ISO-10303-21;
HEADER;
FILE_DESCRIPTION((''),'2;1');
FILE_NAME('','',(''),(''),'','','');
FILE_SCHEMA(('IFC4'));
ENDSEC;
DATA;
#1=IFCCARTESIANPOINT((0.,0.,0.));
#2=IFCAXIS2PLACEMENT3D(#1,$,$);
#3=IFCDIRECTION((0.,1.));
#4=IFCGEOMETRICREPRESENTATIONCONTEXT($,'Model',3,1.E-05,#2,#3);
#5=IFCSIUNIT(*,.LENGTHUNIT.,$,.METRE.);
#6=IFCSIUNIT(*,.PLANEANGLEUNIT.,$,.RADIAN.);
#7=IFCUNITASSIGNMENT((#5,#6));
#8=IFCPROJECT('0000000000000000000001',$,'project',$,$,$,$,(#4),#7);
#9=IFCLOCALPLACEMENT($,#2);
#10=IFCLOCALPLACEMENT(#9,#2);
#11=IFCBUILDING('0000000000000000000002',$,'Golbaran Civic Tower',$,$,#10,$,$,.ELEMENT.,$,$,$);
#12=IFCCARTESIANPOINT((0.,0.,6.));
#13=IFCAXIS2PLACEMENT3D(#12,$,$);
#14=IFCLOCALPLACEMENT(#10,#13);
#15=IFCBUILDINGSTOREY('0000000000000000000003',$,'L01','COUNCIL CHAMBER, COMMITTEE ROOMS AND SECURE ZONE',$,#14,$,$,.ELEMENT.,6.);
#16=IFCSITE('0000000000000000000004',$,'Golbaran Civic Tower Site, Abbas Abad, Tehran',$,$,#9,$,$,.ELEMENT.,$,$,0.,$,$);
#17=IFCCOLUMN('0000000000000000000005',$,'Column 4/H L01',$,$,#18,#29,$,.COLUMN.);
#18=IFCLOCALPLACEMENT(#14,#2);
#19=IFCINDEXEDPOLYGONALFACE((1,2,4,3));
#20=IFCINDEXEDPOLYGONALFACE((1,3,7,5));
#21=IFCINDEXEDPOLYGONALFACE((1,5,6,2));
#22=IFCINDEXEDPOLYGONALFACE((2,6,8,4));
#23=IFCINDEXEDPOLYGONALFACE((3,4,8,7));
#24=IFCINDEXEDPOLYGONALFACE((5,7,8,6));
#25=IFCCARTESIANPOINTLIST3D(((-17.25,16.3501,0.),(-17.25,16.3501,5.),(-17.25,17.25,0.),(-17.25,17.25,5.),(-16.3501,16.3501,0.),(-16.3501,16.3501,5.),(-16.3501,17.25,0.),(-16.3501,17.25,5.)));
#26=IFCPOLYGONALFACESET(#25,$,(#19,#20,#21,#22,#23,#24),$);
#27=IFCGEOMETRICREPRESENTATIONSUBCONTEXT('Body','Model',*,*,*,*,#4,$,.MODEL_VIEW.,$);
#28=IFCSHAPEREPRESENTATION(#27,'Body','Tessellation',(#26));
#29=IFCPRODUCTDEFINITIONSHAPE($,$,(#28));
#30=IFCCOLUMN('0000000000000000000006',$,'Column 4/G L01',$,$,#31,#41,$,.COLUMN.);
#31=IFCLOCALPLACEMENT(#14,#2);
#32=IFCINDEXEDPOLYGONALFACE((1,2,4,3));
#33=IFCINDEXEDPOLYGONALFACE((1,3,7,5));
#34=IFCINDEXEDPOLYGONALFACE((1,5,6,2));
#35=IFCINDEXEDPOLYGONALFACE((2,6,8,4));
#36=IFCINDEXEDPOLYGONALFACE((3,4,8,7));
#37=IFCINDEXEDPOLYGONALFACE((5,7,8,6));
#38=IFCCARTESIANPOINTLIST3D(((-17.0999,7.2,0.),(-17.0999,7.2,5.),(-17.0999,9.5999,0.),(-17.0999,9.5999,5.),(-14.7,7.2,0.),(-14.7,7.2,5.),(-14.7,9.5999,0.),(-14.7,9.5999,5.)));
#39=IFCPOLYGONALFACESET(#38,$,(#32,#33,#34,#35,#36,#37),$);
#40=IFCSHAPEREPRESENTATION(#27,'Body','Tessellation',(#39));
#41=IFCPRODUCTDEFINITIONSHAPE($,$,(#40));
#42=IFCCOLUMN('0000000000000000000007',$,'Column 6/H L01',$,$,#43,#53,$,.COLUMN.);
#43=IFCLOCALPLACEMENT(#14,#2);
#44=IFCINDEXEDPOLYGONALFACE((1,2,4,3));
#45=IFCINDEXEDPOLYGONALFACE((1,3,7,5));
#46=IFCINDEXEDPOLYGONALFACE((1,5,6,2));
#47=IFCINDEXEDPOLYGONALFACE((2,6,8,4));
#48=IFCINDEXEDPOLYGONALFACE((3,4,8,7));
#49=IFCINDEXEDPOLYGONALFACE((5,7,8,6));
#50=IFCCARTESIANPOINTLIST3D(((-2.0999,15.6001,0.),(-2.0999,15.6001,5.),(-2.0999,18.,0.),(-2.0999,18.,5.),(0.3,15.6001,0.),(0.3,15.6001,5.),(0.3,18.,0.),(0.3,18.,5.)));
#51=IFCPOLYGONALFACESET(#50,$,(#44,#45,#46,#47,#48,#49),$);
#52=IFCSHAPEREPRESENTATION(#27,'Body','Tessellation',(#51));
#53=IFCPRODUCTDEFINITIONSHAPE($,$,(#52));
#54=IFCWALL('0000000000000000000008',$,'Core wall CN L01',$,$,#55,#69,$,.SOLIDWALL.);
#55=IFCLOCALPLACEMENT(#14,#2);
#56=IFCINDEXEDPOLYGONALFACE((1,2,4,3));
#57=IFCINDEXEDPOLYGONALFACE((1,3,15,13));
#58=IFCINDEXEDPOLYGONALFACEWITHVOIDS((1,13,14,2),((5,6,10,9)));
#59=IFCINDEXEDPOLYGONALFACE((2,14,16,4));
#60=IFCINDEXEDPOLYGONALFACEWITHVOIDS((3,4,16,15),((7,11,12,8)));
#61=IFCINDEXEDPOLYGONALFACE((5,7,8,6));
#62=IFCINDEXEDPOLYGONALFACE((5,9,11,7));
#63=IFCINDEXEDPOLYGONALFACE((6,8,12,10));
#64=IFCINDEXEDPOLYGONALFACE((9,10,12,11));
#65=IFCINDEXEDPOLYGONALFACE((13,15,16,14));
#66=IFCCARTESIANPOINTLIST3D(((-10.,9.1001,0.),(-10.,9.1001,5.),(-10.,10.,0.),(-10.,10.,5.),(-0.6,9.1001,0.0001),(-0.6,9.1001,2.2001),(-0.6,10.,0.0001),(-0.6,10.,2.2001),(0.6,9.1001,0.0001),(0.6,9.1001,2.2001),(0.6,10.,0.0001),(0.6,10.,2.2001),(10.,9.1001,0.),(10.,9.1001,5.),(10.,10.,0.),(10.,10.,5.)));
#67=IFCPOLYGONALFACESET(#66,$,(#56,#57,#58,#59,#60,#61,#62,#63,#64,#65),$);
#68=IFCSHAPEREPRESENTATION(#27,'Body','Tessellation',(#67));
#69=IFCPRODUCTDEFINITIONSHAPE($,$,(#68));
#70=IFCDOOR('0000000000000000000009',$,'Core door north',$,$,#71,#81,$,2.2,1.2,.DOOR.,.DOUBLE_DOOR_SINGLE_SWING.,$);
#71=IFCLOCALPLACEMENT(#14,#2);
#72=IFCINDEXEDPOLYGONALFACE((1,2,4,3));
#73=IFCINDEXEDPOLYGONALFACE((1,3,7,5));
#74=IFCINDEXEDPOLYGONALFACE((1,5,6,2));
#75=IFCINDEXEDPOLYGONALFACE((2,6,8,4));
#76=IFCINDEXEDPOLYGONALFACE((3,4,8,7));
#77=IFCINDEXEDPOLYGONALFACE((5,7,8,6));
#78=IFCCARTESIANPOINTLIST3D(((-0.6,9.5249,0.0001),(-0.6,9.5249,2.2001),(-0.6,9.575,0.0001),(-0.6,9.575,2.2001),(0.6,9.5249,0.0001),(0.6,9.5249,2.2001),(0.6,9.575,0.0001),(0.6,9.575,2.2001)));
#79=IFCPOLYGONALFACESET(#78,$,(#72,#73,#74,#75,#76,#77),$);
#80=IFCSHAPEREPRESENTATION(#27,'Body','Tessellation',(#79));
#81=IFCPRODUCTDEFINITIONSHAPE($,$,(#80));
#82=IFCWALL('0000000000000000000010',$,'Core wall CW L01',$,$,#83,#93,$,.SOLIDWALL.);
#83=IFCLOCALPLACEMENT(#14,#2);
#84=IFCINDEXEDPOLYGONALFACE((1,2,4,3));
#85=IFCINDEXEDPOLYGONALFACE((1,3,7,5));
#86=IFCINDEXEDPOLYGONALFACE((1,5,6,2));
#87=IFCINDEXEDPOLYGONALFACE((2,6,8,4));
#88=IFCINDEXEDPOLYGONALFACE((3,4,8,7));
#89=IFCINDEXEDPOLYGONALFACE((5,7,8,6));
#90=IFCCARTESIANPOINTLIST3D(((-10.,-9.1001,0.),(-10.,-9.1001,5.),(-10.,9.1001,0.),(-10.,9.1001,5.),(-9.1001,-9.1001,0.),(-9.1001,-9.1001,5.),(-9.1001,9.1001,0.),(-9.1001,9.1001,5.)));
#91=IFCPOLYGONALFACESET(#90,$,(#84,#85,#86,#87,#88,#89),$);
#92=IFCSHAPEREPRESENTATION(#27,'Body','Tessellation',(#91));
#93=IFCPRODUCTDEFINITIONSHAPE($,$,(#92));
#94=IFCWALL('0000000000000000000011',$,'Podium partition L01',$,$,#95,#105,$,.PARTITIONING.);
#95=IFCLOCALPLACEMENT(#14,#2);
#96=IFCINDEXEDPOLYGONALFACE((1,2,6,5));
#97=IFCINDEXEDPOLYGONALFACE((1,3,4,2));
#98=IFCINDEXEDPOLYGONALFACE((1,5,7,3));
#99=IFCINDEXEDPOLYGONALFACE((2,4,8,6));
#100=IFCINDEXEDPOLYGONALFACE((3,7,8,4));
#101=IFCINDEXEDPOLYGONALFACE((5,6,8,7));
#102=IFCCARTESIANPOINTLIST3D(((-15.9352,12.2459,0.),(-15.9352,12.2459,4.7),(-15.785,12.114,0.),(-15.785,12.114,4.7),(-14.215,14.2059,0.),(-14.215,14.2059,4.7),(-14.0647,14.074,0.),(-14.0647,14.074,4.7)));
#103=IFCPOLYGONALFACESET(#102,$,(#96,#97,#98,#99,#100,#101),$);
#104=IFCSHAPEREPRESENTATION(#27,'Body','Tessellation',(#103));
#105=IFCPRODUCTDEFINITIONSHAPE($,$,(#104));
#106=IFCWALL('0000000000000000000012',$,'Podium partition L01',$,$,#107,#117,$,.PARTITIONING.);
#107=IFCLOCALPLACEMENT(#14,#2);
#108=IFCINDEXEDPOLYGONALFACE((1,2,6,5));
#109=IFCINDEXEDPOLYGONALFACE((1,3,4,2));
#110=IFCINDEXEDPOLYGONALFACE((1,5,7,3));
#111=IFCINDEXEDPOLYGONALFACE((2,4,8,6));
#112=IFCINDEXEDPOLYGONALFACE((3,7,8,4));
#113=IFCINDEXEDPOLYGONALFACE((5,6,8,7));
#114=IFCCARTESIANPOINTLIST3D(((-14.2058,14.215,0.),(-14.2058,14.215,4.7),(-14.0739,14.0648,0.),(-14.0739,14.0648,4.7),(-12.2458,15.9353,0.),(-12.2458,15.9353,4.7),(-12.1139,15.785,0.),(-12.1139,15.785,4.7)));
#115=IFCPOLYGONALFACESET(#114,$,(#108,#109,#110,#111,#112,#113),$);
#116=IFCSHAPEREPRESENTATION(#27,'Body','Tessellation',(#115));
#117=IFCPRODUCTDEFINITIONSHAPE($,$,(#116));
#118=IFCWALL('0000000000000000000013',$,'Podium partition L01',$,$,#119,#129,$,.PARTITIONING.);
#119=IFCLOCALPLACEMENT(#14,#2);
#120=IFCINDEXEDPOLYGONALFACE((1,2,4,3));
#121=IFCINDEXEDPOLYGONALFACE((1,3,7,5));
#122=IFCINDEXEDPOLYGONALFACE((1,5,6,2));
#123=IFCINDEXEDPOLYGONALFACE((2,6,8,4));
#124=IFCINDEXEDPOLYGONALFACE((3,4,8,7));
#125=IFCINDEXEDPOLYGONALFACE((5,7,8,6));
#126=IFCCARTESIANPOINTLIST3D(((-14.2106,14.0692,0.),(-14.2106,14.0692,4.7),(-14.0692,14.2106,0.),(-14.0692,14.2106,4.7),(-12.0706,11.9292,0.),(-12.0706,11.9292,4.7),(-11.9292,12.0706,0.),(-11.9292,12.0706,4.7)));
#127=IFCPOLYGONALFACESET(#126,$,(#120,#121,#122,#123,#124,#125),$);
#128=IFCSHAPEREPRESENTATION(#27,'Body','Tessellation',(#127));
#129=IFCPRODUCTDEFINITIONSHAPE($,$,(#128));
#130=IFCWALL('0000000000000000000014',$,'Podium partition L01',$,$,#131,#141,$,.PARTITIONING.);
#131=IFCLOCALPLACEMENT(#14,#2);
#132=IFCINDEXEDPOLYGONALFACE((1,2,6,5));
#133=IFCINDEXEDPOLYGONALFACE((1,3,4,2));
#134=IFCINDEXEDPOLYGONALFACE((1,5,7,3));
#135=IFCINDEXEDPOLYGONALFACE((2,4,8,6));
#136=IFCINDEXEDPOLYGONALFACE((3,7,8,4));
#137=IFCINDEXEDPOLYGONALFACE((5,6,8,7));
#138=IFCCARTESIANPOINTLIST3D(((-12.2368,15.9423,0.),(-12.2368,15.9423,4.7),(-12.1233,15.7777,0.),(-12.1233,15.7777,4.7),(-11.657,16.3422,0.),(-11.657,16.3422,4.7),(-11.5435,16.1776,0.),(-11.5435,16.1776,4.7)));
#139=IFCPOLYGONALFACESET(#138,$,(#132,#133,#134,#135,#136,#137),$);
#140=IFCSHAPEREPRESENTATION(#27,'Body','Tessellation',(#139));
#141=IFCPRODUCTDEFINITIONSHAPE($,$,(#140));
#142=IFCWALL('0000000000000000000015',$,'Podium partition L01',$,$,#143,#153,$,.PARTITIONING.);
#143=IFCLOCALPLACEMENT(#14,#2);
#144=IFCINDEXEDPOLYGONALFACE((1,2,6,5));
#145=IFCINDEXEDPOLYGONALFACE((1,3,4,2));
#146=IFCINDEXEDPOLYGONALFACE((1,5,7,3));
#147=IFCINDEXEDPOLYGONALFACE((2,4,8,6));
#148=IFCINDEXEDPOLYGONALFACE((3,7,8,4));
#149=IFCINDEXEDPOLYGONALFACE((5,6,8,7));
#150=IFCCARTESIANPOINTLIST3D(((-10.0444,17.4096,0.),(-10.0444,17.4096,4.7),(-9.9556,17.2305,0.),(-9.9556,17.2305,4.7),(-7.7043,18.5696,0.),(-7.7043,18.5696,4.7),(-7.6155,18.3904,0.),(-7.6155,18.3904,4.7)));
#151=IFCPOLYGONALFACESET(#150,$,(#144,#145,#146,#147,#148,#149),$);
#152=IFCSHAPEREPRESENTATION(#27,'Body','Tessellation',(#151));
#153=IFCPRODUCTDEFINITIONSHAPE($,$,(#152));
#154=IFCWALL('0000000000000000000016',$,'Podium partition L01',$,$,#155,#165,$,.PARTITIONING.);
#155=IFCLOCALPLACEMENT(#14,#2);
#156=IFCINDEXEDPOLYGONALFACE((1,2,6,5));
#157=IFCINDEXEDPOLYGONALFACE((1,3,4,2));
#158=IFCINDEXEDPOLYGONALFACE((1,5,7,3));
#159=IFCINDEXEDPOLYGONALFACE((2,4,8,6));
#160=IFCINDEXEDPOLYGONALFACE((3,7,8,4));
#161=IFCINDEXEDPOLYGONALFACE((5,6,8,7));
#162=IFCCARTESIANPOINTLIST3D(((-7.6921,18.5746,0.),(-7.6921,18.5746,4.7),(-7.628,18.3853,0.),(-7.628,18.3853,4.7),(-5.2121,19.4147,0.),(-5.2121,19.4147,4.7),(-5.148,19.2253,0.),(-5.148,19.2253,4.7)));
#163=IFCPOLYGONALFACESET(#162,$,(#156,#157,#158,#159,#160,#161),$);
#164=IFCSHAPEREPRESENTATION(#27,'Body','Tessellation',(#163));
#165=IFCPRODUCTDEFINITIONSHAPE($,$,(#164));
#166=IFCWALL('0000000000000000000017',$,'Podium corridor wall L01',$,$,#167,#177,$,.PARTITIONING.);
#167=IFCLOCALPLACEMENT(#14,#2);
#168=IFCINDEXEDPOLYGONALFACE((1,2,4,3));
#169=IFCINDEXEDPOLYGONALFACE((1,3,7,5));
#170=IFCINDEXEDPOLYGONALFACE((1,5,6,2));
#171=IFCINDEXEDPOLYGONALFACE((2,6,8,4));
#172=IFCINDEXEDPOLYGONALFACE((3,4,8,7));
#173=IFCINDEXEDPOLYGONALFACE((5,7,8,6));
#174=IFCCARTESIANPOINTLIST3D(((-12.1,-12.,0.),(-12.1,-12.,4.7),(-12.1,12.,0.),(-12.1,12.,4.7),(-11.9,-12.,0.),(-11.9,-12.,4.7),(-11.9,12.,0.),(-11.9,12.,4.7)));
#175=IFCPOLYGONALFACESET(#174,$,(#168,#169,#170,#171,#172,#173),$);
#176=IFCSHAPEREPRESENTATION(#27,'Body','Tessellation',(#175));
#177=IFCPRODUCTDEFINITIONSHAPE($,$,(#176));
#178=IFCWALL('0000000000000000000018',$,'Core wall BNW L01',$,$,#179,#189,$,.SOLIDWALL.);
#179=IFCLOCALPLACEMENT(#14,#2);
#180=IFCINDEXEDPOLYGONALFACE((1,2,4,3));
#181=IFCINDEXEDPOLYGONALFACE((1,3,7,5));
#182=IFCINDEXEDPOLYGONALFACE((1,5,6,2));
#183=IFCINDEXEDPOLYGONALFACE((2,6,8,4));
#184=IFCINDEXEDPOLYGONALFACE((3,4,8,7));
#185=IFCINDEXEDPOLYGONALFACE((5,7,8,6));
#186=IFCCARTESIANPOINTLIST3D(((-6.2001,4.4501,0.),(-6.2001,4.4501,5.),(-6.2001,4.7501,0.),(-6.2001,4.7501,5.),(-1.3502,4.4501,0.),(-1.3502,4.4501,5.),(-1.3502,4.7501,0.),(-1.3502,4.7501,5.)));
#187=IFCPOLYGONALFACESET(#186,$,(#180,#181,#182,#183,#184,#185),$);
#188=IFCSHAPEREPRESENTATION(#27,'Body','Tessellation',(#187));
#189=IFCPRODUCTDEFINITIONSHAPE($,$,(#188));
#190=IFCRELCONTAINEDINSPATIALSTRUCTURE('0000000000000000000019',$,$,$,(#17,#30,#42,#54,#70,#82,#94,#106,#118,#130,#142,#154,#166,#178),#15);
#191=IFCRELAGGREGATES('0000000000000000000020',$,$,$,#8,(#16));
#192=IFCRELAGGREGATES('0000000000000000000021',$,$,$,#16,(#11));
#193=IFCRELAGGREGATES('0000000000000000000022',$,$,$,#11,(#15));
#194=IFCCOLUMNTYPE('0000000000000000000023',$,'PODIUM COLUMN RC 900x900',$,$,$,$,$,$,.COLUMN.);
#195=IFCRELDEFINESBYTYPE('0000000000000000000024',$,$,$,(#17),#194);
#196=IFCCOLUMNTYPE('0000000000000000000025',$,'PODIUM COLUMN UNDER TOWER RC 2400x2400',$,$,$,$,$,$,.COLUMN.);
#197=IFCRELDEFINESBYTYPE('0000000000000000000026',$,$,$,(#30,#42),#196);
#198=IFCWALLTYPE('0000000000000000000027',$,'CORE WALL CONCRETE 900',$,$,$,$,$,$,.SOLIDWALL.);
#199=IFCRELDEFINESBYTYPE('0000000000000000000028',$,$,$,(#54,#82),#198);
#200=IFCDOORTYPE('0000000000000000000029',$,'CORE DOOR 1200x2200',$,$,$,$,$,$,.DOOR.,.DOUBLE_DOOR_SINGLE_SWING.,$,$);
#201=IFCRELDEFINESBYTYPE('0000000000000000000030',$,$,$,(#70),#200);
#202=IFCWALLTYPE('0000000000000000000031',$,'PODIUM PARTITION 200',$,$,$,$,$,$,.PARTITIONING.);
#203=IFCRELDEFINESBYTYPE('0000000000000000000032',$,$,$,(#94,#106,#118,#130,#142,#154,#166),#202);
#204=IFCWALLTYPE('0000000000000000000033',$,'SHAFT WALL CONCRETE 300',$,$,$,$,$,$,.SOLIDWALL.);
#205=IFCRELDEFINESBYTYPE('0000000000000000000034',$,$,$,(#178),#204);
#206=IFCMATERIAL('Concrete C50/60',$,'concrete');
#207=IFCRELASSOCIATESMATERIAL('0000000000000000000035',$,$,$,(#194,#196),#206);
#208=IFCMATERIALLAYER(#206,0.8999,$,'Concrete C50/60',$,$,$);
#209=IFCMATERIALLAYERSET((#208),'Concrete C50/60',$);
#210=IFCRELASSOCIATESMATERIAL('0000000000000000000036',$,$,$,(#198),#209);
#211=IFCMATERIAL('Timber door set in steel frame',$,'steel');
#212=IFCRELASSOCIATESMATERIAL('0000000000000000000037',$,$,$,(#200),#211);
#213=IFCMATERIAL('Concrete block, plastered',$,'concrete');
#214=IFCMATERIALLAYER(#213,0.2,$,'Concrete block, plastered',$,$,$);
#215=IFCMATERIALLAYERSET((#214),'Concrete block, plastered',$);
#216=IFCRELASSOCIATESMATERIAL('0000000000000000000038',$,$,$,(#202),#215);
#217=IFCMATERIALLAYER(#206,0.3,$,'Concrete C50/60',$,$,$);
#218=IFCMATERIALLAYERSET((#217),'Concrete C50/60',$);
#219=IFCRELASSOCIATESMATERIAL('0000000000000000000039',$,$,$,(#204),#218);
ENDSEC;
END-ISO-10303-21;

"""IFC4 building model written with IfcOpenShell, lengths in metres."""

from ifc_helpers import new_model, si_unit, direction, frame, frame_2d, origin, origin_2d, place, context, subcontext, project, spatial, rectangle, extrude, material, layer, layer_set, material_profile, profile_set, type_object, element, fill, save


model = new_model("IFC4")

# Units and contexts
model_context = context("Model", 3, precision=1e-05, world=origin(), true_north=direction((0.0, 1.0)))
body_context = subcontext(model_context, "Body", "Model", "MODEL_VIEW")
ifc_project = project(units=[si_unit("LENGTHUNIT", "METRE"), si_unit("PLANEANGLEUNIT", "RADIAN")], contexts=[model_context])

# Site, building, storey
site_placement = place(None, origin())
site = spatial("IfcSite", under=ifc_project, at=site_placement, Name="Golbaran Civic Tower Site, Abbas Abad, Tehran", CompositionType="ELEMENT", RefElevation=0.0)
building_placement = place(site_placement, origin())
building = spatial("IfcBuilding", under=site, at=building_placement, Name="Golbaran Civic Tower", CompositionType="ELEMENT")
storey_placement = place(building_placement, frame((0.0, 0.0, 6.0)))
storey = spatial("IfcBuildingStorey", under=building, at=storey_placement, Name="L01", Description="COUNCIL CHAMBER, COMMITTEE ROOMS AND SECURE ZONE", CompositionType="ELEMENT", Elevation=6.0)

# Columns
ifc_material_1 = material(Name="Concrete C50/60", Category="concrete")
ifc_material_profile_1 = material_profile(ifc_material_1, rectangle(XDim=0.8999, YDim=0.8999, at=origin_2d()), Name="RC 900x900")
ifc_profile_set_1 = profile_set([ifc_material_profile_1], Name="Concrete C50/60")
column_type_1 = type_object("IfcColumnType", Name="PODIUM COLUMN RC 900x900", PredefinedType="COLUMN", material=ifc_profile_set_1)
column_placement = place(storey_placement, frame((-16.8, 16.8, 0.0), z_axis=(0.0, 0.0, 1.0), x_axis=(1.0, 0.0, 0.0)))
element("IfcColumn", 1, at=column_placement, inside=storey, type_object=column_type_1, Name="Column 4/H L01", PredefinedType="COLUMN", context=body_context, shape_type="SweptSolid", body=[
    extrude(rectangle(XDim=0.8999, YDim=0.8999, at=origin_2d()), origin(), (0.0, 0.0, 1.0), 5.0),
])
ifc_material_profile_2 = material_profile(ifc_material_1, rectangle(XDim=2.3999, YDim=2.3999, at=origin_2d()), Name="RC 2400x2400")
ifc_profile_set_2 = profile_set([ifc_material_profile_2], Name="Concrete C50/60")
column_type_2 = type_object("IfcColumnType", Name="PODIUM COLUMN UNDER TOWER RC 2400x2400", PredefinedType="COLUMN", material=ifc_profile_set_2)
for number, where, z_axis, x_axis, name in (
    (2, (-15.8999, 8.3999, 0.0), (0.0, 0.0, 1.0), (1.0, 0.0, 0.0), "Column 4/G L01"),
    (3, (-0.8999, 16.8, 0.0), (0.0, 0.0, 1.0), (1.0, 0.0, 0.0), "Column 6/H L01"),
):
    element("IfcColumn", number, at=place(storey_placement, frame(where, z_axis=z_axis, x_axis=x_axis)), inside=storey, type_object=column_type_2, Name=name, PredefinedType="COLUMN", context=body_context, shape_type="SweptSolid", body=[
        extrude(rectangle(XDim=2.3999, YDim=2.3999, at=origin_2d()), origin(), (0.0, 0.0, 1.0), 5.0),
    ])

# Wall, opening, door
ifc_layer_1 = layer(ifc_material_1, 0.8999, Name="Concrete C50/60")
ifc_layer_set_1 = layer_set([ifc_layer_1], Name="Concrete C50/60")
wall_type_1 = type_object("IfcWallType", Name="CORE WALL CONCRETE 900", PredefinedType="SOLIDWALL", material=ifc_layer_set_1)
wall_1_placement = place(storey_placement, frame((-10.0, 9.55, 0.0), z_axis=(0.0, 0.0, 1.0), x_axis=(1.0, 0.0, 0.0)))
wall_1 = element("IfcWall", 4, at=wall_1_placement, inside=storey, type_object=wall_type_1, Name="Core wall CN L01", PredefinedType="SOLIDWALL", context=body_context, shape_type="SweptSolid", body=[
    extrude(rectangle(XDim=20.0, YDim=0.8999, at=frame_2d((10.0, 0.0))), origin(), (0.0, 0.0, 1.0), 5.0),
])
opening_placement = place(wall_1_placement, frame((9.3999, 0.0, 0.0)))
opening = element("IfcOpeningElement", 5, at=opening_placement, cuts=wall_1, PredefinedType="OPENING", context=body_context, shape_type="SweptSolid", body=[
    extrude(rectangle(XDim=1.2, YDim=2.2, at=frame_2d((0.6001, 1.1001))), frame((0.0, 0.46, 0.0), z_axis=(0.0, -1.0, 0.0), x_axis=(1.0, 0.0, 0.0)), (0.0, 0.0, 1.0), 0.9199),
])
ifc_material_2 = material(Name="Timber door set in steel frame", Category="steel")
door_type = type_object("IfcDoorType", Name="CORE DOOR 1200x2200", OperationType="DOUBLE_DOOR_SINGLE_SWING", PredefinedType="DOOR", material=ifc_material_2)
door_placement = place(opening_placement, origin())
door = element("IfcDoor", 6, at=door_placement, inside=storey, type_object=door_type, Name="Core door north", OperationType="DOUBLE_DOOR_SINGLE_SWING", OverallHeight=2.2, OverallWidth=1.2, PredefinedType="DOOR", context=body_context, shape_type="SweptSolid", body=[
    extrude(rectangle(XDim=1.2, YDim=2.2, at=frame_2d((0.6001, 1.1001))), frame((0.0, 0.0249, 0.0), z_axis=(0.0, -1.0, 0.0), x_axis=(1.0, 0.0, 0.0)), (0.0, 0.0, 1.0), 0.05),
])
fill(opening, door)

# Walls
wall_2_placement = place(storey_placement, frame((-9.55, 9.1001, 0.0), z_axis=(0.0, 0.0, 1.0), x_axis=(0.0, -1.0, 0.0)))
element("IfcWall", 7, at=wall_2_placement, inside=storey, type_object=wall_type_1, Name="Core wall CW L01", PredefinedType="SOLIDWALL", context=body_context, shape_type="SweptSolid", body=[
    extrude(rectangle(XDim=18.2002, YDim=0.8999, at=frame_2d((9.1001, 0.0))), origin(), (0.0, 0.0, 1.0), 5.0),
])
ifc_material_3 = material(Name="Concrete block, plastered", Category="concrete")
ifc_layer_2 = layer(ifc_material_3, 0.2, Name="Concrete block, plastered")
ifc_layer_set_2 = layer_set([ifc_layer_2], Name="Concrete block, plastered")
wall_type_2 = type_object("IfcWallType", Name="PODIUM PARTITION 200", PredefinedType="PARTITIONING", material=ifc_layer_set_2)
for number, where, z_axis, x_axis, name in (
    (8, (-15.8601, 12.1799, 0.0), (0.0, 0.0, 1.0), (0.659644, 0.751578, 0.0), "Podium partition L01"),
    (9, (-14.1399, 14.1399, 0.0), (0.0, 0.0, 1.0), (0.751578, 0.659644, 0.0), "Podium partition L01"),
):
    element("IfcWall", number, at=place(storey_placement, frame(where, z_axis=z_axis, x_axis=x_axis)), inside=storey, type_object=wall_type_2, Name=name, PredefinedType="PARTITIONING", context=body_context, shape_type="SweptSolid", body=[
        extrude(rectangle(XDim=2.6079, YDim=0.2, at=frame_2d((1.304, 0.0))), origin(), (0.0, 0.0, 1.0), 4.7),
    ])
wall_3_placement = place(storey_placement, frame((-14.1399, 14.1399, 0.0), z_axis=(0.0, 0.0, 1.0), x_axis=(0.707107, -0.707107, 0.0)))
element("IfcWall", 10, at=wall_3_placement, inside=storey, type_object=wall_type_2, Name="Podium partition L01", PredefinedType="PARTITIONING", context=body_context, shape_type="SweptSolid", body=[
    extrude(rectangle(XDim=3.0264, YDim=0.2, at=frame_2d((1.5132, 0.0))), origin(), (0.0, 0.0, 1.0), 4.7),
])
wall_4_placement = place(storey_placement, frame((-12.1799, 15.8601, 0.0), z_axis=(0.0, 0.0, 1.0), x_axis=(0.823202, 0.567749, 0.0)))
element("IfcWall", 11, at=wall_4_placement, inside=storey, type_object=wall_type_2, Name="Podium partition L01", PredefinedType="PARTITIONING", context=body_context, shape_type="SweptSolid", body=[
    extrude(rectangle(XDim=0.7043, YDim=0.2, at=frame_2d((0.3521, 0.0))), origin(), (0.0, 0.0, 1.0), 4.7),
])
wall_5_placement = place(storey_placement, frame((-10.0, 17.3201, 0.0), z_axis=(0.0, 0.0, 1.0), x_axis=(0.895974, 0.444107, 0.0)))
element("IfcWall", 12, at=wall_5_placement, inside=storey, type_object=wall_type_2, Name="Podium partition L01", PredefinedType="PARTITIONING", context=body_context, shape_type="SweptSolid", body=[
    extrude(rectangle(XDim=2.6118, YDim=0.2, at=frame_2d((1.3059, 0.0))), origin(), (0.0, 0.0, 1.0), 4.7),
])
wall_6_placement = place(storey_placement, frame((-7.6599, 18.48, 0.0), z_axis=(0.0, 0.0, 1.0), x_axis=(0.947134, 0.320839, 0.0)))
element("IfcWall", 13, at=wall_6_placement, inside=storey, type_object=wall_type_2, Name="Podium partition L01", PredefinedType="PARTITIONING", context=body_context, shape_type="SweptSolid", body=[
    extrude(rectangle(XDim=2.6184, YDim=0.2, at=frame_2d((1.3091, 0.0))), origin(), (0.0, 0.0, 1.0), 4.7),
])
wall_7_placement = place(storey_placement, frame((-12.0, 12.0, 0.0), z_axis=(0.0, 0.0, 1.0), x_axis=(0.0, -1.0, 0.0)))
element("IfcWall", 14, at=wall_7_placement, inside=storey, type_object=wall_type_2, Name="Podium corridor wall L01", PredefinedType="PARTITIONING", context=body_context, shape_type="SweptSolid", body=[
    extrude(rectangle(XDim=24.0, YDim=0.2, at=frame_2d((12.0, 0.0))), origin(), (0.0, 0.0, 1.0), 4.7),
])
ifc_layer_3 = layer(ifc_material_1, 0.3, Name="Concrete C50/60")
ifc_layer_set_3 = layer_set([ifc_layer_3], Name="Concrete C50/60")
wall_type_3 = type_object("IfcWallType", Name="SHAFT WALL CONCRETE 300", PredefinedType="SOLIDWALL", material=ifc_layer_set_3)
wall_8_placement = place(storey_placement, frame((-6.2, 4.6001, 0.0), z_axis=(0.0, 0.0, 1.0), x_axis=(1.0, 0.0, 0.0)))
element("IfcWall", 15, at=wall_8_placement, inside=storey, type_object=wall_type_3, Name="Core wall BNW L01", PredefinedType="SOLIDWALL", context=body_context, shape_type="SweptSolid", body=[
    extrude(rectangle(XDim=4.8499, YDim=0.3, at=frame_2d((2.4248, 0.0))), origin(), (0.0, 0.0, 1.0), 5.0),
])

save(model, "model.ifc")
